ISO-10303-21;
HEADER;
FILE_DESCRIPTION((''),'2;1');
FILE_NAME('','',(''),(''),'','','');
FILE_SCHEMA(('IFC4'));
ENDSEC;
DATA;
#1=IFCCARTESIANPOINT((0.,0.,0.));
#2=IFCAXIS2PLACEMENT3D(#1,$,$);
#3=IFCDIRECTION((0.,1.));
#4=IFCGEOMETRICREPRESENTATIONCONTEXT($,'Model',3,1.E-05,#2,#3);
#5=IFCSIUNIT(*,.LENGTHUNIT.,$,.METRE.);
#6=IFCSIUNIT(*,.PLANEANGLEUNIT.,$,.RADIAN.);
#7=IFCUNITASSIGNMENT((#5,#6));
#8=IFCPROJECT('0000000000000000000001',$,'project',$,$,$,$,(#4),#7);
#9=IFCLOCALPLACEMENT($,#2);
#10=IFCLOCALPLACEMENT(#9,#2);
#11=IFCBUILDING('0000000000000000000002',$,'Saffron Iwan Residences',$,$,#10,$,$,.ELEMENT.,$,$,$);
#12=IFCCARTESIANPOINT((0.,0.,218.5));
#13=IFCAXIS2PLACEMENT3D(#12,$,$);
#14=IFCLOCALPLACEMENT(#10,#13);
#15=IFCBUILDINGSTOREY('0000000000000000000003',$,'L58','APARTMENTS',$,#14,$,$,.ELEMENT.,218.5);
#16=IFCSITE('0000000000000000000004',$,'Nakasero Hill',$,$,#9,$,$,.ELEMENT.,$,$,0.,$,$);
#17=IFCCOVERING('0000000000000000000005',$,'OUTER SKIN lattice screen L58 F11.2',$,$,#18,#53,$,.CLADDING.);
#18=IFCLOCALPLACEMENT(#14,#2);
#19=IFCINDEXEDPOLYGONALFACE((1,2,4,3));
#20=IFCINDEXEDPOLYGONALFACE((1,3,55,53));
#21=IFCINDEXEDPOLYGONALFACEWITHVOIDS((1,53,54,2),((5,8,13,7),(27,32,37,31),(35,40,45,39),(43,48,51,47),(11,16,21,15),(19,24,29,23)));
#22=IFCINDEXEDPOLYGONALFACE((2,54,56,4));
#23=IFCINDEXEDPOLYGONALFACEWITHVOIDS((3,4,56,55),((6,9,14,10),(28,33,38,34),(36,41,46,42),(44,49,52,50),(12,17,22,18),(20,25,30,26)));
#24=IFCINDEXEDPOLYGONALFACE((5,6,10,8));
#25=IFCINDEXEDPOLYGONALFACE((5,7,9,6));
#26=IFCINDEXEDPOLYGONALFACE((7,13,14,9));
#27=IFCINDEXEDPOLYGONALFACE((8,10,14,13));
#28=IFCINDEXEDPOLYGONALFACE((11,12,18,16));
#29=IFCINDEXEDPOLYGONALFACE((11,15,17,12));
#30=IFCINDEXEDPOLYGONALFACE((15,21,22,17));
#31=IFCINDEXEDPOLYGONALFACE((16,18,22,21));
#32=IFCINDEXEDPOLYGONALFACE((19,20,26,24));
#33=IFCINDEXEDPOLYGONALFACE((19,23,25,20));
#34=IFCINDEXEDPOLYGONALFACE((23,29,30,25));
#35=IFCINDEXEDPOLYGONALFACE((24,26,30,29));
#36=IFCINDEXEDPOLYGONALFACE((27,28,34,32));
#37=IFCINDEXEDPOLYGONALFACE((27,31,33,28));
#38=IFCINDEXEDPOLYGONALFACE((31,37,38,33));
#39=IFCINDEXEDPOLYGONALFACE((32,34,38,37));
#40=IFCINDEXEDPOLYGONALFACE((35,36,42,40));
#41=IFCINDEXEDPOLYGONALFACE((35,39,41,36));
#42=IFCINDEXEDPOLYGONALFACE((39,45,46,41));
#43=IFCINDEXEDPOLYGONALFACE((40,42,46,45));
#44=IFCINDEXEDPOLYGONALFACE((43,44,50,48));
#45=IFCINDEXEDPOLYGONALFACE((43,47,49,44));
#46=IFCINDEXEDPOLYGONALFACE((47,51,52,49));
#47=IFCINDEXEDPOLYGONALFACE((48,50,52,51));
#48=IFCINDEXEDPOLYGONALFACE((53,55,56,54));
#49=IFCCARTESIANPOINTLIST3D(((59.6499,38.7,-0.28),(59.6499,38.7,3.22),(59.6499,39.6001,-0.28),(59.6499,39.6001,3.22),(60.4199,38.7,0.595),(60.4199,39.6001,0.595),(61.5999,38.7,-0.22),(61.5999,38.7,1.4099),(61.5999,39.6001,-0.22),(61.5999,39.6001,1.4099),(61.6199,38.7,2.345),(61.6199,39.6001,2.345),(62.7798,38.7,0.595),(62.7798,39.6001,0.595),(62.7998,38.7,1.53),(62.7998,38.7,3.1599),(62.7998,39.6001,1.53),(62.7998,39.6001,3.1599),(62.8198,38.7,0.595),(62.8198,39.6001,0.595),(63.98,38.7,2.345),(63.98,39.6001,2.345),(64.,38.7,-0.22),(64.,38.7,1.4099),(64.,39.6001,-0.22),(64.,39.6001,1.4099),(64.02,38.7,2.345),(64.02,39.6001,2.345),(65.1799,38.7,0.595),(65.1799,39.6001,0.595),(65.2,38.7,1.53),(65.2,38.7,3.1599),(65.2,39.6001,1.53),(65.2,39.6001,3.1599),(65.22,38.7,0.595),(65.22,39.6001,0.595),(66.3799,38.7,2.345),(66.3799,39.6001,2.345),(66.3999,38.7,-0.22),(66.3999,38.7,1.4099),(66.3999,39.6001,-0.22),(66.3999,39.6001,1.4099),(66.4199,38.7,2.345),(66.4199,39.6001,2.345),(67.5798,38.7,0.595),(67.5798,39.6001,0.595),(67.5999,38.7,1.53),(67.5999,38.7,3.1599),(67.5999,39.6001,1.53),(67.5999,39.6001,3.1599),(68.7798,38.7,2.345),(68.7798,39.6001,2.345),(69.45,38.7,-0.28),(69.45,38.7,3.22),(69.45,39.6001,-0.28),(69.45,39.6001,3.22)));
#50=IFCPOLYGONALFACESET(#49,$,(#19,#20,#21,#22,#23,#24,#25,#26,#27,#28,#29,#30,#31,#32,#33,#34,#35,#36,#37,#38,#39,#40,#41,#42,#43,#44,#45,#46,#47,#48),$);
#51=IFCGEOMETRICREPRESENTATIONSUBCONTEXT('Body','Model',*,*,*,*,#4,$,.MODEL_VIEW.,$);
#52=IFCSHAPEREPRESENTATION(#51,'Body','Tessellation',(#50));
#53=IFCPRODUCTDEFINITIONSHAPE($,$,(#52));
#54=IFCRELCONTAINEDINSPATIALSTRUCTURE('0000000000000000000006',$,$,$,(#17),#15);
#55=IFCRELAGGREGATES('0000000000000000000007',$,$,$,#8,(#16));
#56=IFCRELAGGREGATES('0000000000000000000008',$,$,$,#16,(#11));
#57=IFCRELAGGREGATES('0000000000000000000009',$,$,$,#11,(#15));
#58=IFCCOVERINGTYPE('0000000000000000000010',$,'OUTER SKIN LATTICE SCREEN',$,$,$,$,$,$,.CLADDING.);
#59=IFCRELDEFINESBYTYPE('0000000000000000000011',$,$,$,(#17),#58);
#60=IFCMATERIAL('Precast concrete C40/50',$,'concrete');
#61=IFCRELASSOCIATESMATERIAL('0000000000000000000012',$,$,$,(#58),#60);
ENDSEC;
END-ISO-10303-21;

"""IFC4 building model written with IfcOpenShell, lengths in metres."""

from ifc_helpers import new_model, si_unit, direction, frame, origin, place, context, subcontext, project, spatial, polyline, outline, extrude, material, type_object, element, save


model = new_model("IFC4")

# Units and contexts
model_context = context("Model", 3, precision=1e-05, world=origin(), true_north=direction((0.0, 1.0)))
body_context = subcontext(model_context, "Body", "Model", "MODEL_VIEW")
ifc_project = project(units=[si_unit("LENGTHUNIT", "METRE"), si_unit("PLANEANGLEUNIT", "RADIAN")], contexts=[model_context])

# Site, building, storey
site_placement = place(None, origin())
site = spatial("IfcSite", under=ifc_project, at=site_placement, Name="Nakasero Hill", CompositionType="ELEMENT", RefElevation=0.0)
building_placement = place(site_placement, origin())
building = spatial("IfcBuilding", under=site, at=building_placement, Name="Saffron Iwan Residences", CompositionType="ELEMENT")
storey_placement = place(building_placement, frame((0.0, 0.0, 218.5)))
storey = spatial("IfcBuildingStorey", under=building, at=storey_placement, Name="L58", Description="APARTMENTS", CompositionType="ELEMENT", Elevation=218.5)

# Covering
ifc_material_1 = material(Name="Precast concrete C40/50", Category="concrete")
covering_type = type_object("IfcCoveringType", Name="OUTER SKIN LATTICE SCREEN", PredefinedType="CLADDING", material=ifc_material_1)
covering_placement = place(storey_placement, frame((59.6499, 39.6001, -0.28), z_axis=(0.0, -1.0, 0.0), x_axis=(1.0, 0.0, 0.0)))
element("IfcCovering", 1, at=covering_placement, inside=storey, type_object=covering_type, Name="OUTER SKIN lattice screen L58 F11.2", PredefinedType="CLADDING", context=body_context, shape_type="SweptSolid", body=[
    extrude(outline(polyline([(0.0, 0.0), (9.8, 0.0), (9.8, 3.5), (0.0, 3.5), (0.0, 0.0)]), holes=[polyline([(0.77, 0.875), (1.95, 0.0601), (3.1299, 0.875), (1.95, 1.6899), (0.77, 0.875)]), polyline([(3.1699, 0.875), (4.3501, 0.0601), (5.53, 0.875), (4.3501, 1.6899), (3.1699, 0.875)]), polyline([(5.5701, 0.875), (6.75, 0.0601), (7.9299, 0.875), (6.75, 1.6899), (5.5701, 0.875)]), polyline([(1.97, 2.625), (3.1499, 1.8101), (4.3301, 2.625), (3.1499, 3.4399), (1.97, 2.625)]), polyline([(4.3701, 2.625), (5.55, 1.8101), (6.73, 2.625), (5.55, 3.4399), (4.3701, 2.625)]), polyline([(6.77, 2.625), (7.95, 1.8101), (9.1299, 2.625), (7.95, 3.4399), (6.77, 2.625)])]), origin(), (0.0, 0.0, 1.0), 0.9001),
])

save(model, "model.ifc")
